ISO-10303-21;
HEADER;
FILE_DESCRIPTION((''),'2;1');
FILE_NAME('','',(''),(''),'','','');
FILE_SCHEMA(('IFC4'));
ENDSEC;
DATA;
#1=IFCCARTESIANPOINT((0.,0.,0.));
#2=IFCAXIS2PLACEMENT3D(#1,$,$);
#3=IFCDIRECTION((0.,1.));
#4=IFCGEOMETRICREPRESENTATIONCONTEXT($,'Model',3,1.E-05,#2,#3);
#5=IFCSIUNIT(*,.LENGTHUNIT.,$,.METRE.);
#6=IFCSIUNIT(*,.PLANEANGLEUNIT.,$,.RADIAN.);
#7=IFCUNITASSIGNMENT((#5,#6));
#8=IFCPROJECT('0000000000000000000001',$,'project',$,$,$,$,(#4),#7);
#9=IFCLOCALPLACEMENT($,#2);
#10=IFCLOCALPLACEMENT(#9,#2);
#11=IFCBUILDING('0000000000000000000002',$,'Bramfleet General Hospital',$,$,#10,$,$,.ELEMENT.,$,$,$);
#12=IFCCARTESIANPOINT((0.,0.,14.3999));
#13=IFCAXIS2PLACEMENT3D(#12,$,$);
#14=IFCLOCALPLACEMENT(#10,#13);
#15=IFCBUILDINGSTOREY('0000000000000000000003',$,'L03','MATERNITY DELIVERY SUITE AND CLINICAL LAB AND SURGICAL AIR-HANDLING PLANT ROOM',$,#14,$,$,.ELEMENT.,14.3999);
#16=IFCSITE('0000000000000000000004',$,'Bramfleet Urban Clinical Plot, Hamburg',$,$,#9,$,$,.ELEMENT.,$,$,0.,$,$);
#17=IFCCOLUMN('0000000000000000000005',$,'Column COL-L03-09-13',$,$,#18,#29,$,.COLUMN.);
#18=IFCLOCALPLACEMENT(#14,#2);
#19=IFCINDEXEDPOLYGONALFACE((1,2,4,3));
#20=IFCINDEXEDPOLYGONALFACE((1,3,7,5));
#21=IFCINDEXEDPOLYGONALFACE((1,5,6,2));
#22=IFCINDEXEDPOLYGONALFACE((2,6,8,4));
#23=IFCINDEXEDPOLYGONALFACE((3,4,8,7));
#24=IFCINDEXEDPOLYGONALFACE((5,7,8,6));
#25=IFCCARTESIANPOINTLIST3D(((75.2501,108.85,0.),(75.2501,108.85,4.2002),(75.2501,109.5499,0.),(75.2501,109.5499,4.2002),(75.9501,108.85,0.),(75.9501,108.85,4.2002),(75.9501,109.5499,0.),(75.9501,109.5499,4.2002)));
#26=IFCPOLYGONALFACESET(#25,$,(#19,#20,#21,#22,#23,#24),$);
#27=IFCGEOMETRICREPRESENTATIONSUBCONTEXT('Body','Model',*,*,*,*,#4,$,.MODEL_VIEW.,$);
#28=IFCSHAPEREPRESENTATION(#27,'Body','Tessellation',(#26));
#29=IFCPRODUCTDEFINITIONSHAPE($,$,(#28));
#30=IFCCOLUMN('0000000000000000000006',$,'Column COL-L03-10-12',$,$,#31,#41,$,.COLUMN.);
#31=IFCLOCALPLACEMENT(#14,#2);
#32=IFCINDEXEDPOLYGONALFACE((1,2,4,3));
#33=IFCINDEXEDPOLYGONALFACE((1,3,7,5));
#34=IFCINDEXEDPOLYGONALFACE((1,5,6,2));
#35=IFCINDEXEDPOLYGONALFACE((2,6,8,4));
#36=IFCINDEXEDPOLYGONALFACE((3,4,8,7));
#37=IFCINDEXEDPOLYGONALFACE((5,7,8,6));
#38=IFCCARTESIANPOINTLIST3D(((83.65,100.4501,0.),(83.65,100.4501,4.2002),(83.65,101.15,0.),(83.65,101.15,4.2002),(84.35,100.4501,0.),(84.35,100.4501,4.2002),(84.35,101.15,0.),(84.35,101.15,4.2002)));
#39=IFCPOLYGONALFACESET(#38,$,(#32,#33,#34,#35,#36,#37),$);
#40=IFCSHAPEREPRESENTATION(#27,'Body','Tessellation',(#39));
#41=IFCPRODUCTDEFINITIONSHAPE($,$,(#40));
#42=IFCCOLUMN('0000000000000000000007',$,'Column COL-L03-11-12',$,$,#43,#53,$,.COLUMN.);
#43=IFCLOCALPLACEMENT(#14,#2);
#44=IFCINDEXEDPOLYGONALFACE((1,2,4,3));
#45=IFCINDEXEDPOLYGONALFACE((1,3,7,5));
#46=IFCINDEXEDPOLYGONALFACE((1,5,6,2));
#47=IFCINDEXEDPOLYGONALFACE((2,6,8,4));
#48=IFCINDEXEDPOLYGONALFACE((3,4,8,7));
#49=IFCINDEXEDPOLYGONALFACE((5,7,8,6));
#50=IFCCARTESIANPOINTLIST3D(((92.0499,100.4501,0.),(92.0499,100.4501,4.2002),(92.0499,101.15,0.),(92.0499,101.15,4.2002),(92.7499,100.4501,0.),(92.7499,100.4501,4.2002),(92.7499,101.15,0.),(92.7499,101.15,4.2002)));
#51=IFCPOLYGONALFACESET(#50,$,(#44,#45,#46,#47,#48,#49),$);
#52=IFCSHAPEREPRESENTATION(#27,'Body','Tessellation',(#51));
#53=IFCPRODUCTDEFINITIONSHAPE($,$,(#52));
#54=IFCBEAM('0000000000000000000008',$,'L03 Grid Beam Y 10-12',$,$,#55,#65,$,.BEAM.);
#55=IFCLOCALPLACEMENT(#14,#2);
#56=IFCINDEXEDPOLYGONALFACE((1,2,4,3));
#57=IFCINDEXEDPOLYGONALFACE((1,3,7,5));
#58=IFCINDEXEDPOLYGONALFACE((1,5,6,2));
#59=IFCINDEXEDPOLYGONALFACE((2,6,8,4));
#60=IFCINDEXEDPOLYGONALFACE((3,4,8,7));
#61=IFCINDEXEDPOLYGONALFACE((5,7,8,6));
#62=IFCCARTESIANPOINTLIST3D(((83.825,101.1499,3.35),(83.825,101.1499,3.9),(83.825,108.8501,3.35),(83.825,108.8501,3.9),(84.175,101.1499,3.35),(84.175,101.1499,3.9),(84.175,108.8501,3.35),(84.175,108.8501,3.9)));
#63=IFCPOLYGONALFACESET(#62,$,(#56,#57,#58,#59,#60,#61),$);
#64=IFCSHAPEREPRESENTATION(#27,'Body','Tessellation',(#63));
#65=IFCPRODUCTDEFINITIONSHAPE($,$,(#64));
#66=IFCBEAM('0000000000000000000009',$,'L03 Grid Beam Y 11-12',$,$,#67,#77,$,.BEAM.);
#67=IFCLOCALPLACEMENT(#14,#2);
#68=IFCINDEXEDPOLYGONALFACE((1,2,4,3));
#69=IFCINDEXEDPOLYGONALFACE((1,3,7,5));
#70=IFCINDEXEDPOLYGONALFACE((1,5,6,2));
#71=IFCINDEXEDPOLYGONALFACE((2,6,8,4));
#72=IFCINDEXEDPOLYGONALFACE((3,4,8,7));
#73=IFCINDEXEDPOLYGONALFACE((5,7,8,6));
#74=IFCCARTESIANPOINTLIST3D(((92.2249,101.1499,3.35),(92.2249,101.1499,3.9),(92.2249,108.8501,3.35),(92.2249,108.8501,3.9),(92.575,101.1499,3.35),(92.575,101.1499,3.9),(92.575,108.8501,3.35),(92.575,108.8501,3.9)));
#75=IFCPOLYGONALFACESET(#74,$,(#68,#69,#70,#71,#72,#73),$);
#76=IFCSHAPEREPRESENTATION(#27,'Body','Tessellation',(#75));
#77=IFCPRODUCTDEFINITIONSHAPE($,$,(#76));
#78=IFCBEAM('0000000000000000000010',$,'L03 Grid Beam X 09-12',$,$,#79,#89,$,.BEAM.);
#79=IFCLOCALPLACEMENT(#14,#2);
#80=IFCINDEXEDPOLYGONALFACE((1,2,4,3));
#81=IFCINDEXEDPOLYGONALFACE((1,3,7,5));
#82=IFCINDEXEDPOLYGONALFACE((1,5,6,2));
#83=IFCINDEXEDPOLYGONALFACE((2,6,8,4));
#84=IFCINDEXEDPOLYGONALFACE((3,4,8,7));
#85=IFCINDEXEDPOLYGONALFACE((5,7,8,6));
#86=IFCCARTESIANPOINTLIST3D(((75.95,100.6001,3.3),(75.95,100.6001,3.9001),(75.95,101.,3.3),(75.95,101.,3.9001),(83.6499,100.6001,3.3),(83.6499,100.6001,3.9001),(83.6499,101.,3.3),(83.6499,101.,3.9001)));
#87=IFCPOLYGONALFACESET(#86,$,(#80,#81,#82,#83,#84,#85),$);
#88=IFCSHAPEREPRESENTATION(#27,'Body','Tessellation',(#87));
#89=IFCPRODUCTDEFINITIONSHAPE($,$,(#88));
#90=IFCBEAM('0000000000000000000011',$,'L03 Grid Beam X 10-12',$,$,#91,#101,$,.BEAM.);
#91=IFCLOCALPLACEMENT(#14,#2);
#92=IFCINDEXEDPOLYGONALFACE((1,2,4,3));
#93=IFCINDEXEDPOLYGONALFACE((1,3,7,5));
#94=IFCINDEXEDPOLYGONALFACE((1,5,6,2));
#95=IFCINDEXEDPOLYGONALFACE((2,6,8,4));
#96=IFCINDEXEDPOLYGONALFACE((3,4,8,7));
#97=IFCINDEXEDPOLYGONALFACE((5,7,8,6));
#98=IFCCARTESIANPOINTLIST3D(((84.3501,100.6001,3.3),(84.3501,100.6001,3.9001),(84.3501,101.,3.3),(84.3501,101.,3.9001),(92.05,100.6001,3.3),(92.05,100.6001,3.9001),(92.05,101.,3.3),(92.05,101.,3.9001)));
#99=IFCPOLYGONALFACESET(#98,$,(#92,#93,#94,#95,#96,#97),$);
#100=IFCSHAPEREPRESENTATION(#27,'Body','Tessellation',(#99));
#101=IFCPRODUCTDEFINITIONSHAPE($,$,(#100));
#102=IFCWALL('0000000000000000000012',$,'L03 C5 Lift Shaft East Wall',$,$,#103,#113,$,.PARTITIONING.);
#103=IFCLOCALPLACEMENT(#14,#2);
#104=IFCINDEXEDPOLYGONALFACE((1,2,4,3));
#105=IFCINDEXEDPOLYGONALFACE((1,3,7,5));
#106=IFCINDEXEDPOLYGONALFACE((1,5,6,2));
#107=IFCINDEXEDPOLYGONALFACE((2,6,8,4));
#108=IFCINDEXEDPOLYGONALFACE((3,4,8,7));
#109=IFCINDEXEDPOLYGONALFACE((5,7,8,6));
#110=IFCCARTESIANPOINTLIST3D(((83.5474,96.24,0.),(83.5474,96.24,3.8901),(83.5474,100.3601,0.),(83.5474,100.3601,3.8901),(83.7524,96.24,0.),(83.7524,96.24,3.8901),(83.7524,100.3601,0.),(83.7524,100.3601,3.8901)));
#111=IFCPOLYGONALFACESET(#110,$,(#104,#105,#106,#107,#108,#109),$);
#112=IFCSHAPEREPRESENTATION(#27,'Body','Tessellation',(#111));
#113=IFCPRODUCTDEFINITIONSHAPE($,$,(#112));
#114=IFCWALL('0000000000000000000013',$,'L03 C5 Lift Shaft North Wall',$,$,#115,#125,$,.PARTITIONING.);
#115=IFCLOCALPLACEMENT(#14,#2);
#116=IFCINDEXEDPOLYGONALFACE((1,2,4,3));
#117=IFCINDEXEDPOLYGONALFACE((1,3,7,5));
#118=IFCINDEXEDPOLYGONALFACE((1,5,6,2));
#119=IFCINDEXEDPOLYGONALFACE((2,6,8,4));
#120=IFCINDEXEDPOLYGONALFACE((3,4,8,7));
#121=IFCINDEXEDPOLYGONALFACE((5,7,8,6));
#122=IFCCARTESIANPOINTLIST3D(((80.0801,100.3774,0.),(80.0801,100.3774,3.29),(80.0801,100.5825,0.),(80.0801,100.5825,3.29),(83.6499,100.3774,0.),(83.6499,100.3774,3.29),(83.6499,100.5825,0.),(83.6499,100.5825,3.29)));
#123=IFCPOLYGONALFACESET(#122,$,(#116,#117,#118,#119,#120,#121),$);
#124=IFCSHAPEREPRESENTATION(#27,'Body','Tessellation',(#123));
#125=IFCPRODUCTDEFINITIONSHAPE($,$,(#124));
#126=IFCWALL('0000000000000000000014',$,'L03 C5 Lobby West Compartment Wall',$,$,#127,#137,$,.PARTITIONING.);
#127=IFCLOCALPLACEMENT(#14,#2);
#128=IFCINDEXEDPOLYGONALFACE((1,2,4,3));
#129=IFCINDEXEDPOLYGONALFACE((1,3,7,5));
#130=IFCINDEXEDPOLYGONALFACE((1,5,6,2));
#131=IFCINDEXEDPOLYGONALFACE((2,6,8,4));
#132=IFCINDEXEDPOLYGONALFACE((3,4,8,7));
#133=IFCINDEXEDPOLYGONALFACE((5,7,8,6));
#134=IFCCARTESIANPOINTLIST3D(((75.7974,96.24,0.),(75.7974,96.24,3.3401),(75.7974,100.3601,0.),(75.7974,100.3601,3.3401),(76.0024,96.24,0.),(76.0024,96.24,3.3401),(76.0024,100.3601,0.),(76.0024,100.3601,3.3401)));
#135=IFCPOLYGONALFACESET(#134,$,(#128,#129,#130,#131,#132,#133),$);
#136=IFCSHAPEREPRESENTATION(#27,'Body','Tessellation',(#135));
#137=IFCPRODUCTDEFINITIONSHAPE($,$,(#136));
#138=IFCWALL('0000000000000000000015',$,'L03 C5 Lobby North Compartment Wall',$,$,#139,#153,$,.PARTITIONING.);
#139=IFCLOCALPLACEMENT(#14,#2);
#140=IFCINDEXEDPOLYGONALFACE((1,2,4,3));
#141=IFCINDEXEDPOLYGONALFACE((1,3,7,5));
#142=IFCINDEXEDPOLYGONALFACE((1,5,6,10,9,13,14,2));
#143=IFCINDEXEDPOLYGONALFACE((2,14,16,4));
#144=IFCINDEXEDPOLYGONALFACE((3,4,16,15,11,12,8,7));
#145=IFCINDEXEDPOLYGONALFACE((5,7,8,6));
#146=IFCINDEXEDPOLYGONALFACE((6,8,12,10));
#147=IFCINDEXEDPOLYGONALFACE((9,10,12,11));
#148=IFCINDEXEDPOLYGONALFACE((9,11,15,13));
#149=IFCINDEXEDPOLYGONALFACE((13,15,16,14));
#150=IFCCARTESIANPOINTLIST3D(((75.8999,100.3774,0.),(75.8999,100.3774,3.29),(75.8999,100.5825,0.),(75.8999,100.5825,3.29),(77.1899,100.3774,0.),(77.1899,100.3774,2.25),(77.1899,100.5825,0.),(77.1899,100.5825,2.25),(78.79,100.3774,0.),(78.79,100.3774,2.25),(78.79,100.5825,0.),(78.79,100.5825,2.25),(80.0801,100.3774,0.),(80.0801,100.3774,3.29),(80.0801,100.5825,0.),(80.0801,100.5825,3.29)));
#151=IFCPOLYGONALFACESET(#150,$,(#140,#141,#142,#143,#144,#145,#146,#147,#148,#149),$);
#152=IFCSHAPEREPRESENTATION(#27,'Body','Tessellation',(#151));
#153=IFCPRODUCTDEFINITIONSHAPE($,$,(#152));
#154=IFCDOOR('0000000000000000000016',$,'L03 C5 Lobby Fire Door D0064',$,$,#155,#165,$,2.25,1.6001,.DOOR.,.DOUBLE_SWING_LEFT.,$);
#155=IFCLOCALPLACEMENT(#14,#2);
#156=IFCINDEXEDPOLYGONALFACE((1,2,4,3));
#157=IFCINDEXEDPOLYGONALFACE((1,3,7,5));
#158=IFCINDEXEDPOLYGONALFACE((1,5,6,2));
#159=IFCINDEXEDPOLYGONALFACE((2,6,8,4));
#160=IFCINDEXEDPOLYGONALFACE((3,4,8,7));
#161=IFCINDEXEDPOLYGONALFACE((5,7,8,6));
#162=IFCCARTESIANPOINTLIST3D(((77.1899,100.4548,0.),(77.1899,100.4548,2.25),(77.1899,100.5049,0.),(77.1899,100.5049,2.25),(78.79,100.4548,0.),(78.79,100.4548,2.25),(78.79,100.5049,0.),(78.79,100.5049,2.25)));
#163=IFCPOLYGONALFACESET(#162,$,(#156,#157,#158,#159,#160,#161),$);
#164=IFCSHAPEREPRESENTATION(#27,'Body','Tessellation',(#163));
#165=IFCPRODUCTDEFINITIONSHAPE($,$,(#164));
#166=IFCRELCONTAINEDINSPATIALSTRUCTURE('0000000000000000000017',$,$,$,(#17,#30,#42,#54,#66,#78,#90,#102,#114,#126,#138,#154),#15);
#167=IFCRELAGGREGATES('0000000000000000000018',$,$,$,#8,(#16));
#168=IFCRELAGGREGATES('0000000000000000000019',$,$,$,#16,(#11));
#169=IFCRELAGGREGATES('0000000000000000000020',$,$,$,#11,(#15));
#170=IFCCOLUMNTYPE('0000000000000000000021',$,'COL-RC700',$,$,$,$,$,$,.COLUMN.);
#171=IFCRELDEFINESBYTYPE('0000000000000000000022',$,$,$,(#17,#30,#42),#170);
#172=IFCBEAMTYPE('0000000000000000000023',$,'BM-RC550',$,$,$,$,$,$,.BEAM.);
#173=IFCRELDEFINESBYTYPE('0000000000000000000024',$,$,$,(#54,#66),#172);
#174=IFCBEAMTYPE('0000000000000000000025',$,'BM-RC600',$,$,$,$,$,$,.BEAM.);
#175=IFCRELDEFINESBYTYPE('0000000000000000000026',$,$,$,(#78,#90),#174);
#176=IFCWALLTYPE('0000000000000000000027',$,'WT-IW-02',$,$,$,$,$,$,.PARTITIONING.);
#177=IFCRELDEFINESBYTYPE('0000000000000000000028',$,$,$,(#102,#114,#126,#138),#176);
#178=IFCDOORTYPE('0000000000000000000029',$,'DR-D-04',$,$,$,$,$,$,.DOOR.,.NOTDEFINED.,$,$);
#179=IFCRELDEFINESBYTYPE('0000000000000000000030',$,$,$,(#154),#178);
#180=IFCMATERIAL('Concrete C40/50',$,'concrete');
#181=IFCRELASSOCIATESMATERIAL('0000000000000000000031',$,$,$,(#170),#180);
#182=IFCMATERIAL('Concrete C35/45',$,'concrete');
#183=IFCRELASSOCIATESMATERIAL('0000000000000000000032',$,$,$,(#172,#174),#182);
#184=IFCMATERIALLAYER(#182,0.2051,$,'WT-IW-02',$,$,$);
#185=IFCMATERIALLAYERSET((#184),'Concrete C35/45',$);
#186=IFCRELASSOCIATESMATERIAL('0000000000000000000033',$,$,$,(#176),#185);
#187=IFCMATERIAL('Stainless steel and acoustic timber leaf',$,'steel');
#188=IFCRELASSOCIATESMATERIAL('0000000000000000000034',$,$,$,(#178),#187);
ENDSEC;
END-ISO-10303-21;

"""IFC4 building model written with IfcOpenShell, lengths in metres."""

from ifc_helpers import new_model, si_unit, direction, frame, frame_2d, origin, origin_2d, place, context, subcontext, project, spatial, rectangle, extrude, material, layer, layer_set, material_profile, profile_set, type_object, element, fill, save


model = new_model("IFC4")

# Units and contexts
model_context = context("Model", 3, precision=1e-05, world=origin(), true_north=direction((0.0, 1.0)))
body_context = subcontext(model_context, "Body", "Model", "MODEL_VIEW")
ifc_project = project(units=[si_unit("LENGTHUNIT", "METRE"), si_unit("PLANEANGLEUNIT", "RADIAN")], contexts=[model_context])

# Site, building, storey
site_placement = place(None, origin())
site = spatial("IfcSite", under=ifc_project, at=site_placement, Name="Bramfleet Urban Clinical Plot, Hamburg", CompositionType="ELEMENT", RefElevation=0.0)
building_placement = place(site_placement, origin())
building = spatial("IfcBuilding", under=site, at=building_placement, Name="Bramfleet General Hospital", CompositionType="ELEMENT")
storey_placement = place(building_placement, frame((0.0, 0.0, 14.3999)))
storey = spatial("IfcBuildingStorey", under=building, at=storey_placement, Name="L03", Description="MATERNITY DELIVERY SUITE AND CLINICAL LAB AND SURGICAL AIR-HANDLING PLANT ROOM", CompositionType="ELEMENT", Elevation=14.3999)

# Columns
ifc_material_1 = material(Name="Concrete C40/50", Category="concrete")
ifc_material_profile_1 = material_profile(ifc_material_1, rectangle(XDim=0.7, YDim=0.7, at=origin_2d()), Name="RC COL 700x700")
ifc_profile_set_1 = profile_set([ifc_material_profile_1], Name="Concrete C40/50")
column_type = type_object("IfcColumnType", Name="COL-RC700", PredefinedType="COLUMN", material=ifc_profile_set_1)
for number, where, z_axis, x_axis, name in (
    (1, (75.6001, 109.2, 0.0), (0.0, 0.0, 1.0), (1.0, 0.0, 0.0), "Column COL-L03-09-13"),
    (2, (84.0, 100.8, 0.0), (0.0, 0.0, 1.0), (1.0, 0.0, 0.0), "Column COL-L03-10-12"),
    (3, (92.3999, 100.8, 0.0), (0.0, 0.0, 1.0), (1.0, 0.0, 0.0), "Column COL-L03-11-12"),
):
    element("IfcColumn", number, at=place(storey_placement, frame(where, z_axis=z_axis, x_axis=x_axis)), inside=storey, type_object=column_type, Name=name, PredefinedType="COLUMN", context=body_context, shape_type="SweptSolid", body=[
        extrude(rectangle(XDim=0.7, YDim=0.7, at=origin_2d()), origin(), (0.0, 0.0, 1.0), 4.2002),
    ])

# Beams
ifc_material_2 = material(Name="Concrete C35/45", Category="concrete")
ifc_material_profile_2 = material_profile(ifc_material_2, rectangle(XDim=0.3501, YDim=0.55, at=origin_2d()), Name="RC BM 550x350")
ifc_profile_set_2 = profile_set([ifc_material_profile_2], Name="Concrete C35/45")
beam_type_1 = type_object("IfcBeamType", Name="BM-RC550", PredefinedType="BEAM", material=ifc_profile_set_2)
for number, where, z_axis, x_axis, name in (
    (4, (84.0, 101.1499, 3.625), (0.0, 1.0, 0.0), (-1.0, 0.0, 0.0), "L03 Grid Beam Y 10-12"),
    (5, (92.3999, 101.1499, 3.625), (0.0, 1.0, 0.0), (-1.0, 0.0, 0.0), "L03 Grid Beam Y 11-12"),
):
    element("IfcBeam", number, at=place(storey_placement, frame(where, z_axis=z_axis, x_axis=x_axis)), inside=storey, type_object=beam_type_1, Name=name, PredefinedType="BEAM", context=body_context, shape_type="SweptSolid", body=[
        extrude(rectangle(XDim=0.3501, YDim=0.55, at=origin_2d()), origin(), (0.0, 0.0, 1.0), 7.7002),
    ])
ifc_material_profile_3 = material_profile(ifc_material_2, rectangle(XDim=0.3999, YDim=0.6001, at=origin_2d()), Name="RC BM 600x400")
ifc_profile_set_3 = profile_set([ifc_material_profile_3], Name="Concrete C35/45")
beam_type_2 = type_object("IfcBeamType", Name="BM-RC600", PredefinedType="BEAM", material=ifc_profile_set_3)
for number, where, z_axis, x_axis, name in (
    (6, (75.95, 100.8, 3.6001), (1.0, 0.0, 0.0), (0.0, 1.0, 0.0), "L03 Grid Beam X 09-12"),
    (7, (84.3501, 100.8, 3.6001), (1.0, 0.0, 0.0), (0.0, 1.0, 0.0), "L03 Grid Beam X 10-12"),
):
    element("IfcBeam", number, at=place(storey_placement, frame(where, z_axis=z_axis, x_axis=x_axis)), inside=storey, type_object=beam_type_2, Name=name, PredefinedType="BEAM", context=body_context, shape_type="SweptSolid", body=[
        extrude(rectangle(XDim=0.3999, YDim=0.6001, at=origin_2d()), origin(), (0.0, 0.0, 1.0), 7.7),
    ])

# Shared definitions
ifc_layer_1 = layer(ifc_material_2, 0.2051, Name="WT-IW-02")
ifc_layer_set_1 = layer_set([ifc_layer_1], Name="Concrete C35/45")
wall_type_1 = type_object("IfcWallType", Name="WT-IW-02", PredefinedType="PARTITIONING", material=ifc_layer_set_1)

# Walls
wall_1_placement = place(storey_placement, frame((83.6499, 96.24, 0.0), z_axis=(0.0, 0.0, 1.0), x_axis=(0.0, 1.0, 0.0)))
element("IfcWall", 8, at=wall_1_placement, inside=storey, type_object=wall_type_1, Name="L03 C5 Lift Shaft East Wall", PredefinedType="PARTITIONING", context=body_context, shape_type="SweptSolid", body=[
    extrude(rectangle(XDim=4.1201, YDim=0.2051, at=frame_2d((2.0601, 0.0))), origin(), (0.0, 0.0, 1.0), 3.8901),
])
wall_2_placement = place(storey_placement, frame((80.0801, 100.48, 0.0), z_axis=(0.0, 0.0, 1.0), x_axis=(1.0, 0.0, 0.0)))
element("IfcWall", 9, at=wall_2_placement, inside=storey, type_object=wall_type_1, Name="L03 C5 Lift Shaft North Wall", PredefinedType="PARTITIONING", context=body_context, shape_type="SweptSolid", body=[
    extrude(rectangle(XDim=3.5698, YDim=0.2051, at=frame_2d((1.7849, 0.0))), origin(), (0.0, 0.0, 1.0), 3.29),
])
wall_3_placement = place(storey_placement, frame((75.8999, 96.24, 0.0), z_axis=(0.0, 0.0, 1.0), x_axis=(0.0, 1.0, 0.0)))
element("IfcWall", 10, at=wall_3_placement, inside=storey, type_object=wall_type_1, Name="L03 C5 Lobby West Compartment Wall", PredefinedType="PARTITIONING", context=body_context, shape_type="SweptSolid", body=[
    extrude(rectangle(XDim=4.1201, YDim=0.2051, at=frame_2d((2.0601, 0.0))), origin(), (0.0, 0.0, 1.0), 3.3401),
])

# Wall, opening, door
wall_4_placement = place(storey_placement, frame((75.8999, 100.48, 0.0), z_axis=(0.0, 0.0, 1.0), x_axis=(1.0, 0.0, 0.0)))
wall_4 = element("IfcWall", 11, at=wall_4_placement, inside=storey, type_object=wall_type_1, Name="L03 C5 Lobby North Compartment Wall", PredefinedType="PARTITIONING", context=body_context, shape_type="SweptSolid", body=[
    extrude(rectangle(XDim=4.1802, YDim=0.2051, at=frame_2d((2.0901, 0.0))), origin(), (0.0, 0.0, 1.0), 3.29),
])
opening_1_placement = place(wall_4_placement, frame((1.29, 0.0, 0.0)))
opening_1 = element("IfcOpeningElement", 12, at=opening_1_placement, cuts=wall_4, PredefinedType="OPENING", context=body_context, shape_type="SweptSolid", body=[
    extrude(rectangle(XDim=1.6001, YDim=2.25, at=frame_2d((0.8, 1.125))), frame((0.0, 0.1125, 0.0), z_axis=(0.0, -1.0, 0.0), x_axis=(1.0, 0.0, 0.0)), (0.0, 0.0, 1.0), 0.2251),
])
ifc_material_3 = material(Name="Stainless steel and acoustic timber leaf", Category="steel")
door_type_1 = type_object("IfcDoorType", Name="DR-D-04", OperationType="NOTDEFINED", PredefinedType="DOOR", material=ifc_material_3)
door_1_placement = place(opening_1_placement, origin())
door_1 = element("IfcDoor", 13, at=door_1_placement, inside=storey, type_object=door_type_1, Name="L03 C5 Lobby Fire Door D0064", OperationType="DOUBLE_SWING_LEFT", OverallHeight=2.25, OverallWidth=1.6001, PredefinedType="DOOR", context=body_context, shape_type="SweptSolid", body=[
    extrude(rectangle(XDim=1.6001, YDim=2.25, at=frame_2d((0.8, 1.125))), frame((0.0, 0.0249, 0.0), z_axis=(0.0, -1.0, 0.0), x_axis=(1.0, 0.0, 0.0)), (0.0, 0.0, 1.0), 0.05),
])
fill(opening_1, door_1)

save(model, "model.ifc")
